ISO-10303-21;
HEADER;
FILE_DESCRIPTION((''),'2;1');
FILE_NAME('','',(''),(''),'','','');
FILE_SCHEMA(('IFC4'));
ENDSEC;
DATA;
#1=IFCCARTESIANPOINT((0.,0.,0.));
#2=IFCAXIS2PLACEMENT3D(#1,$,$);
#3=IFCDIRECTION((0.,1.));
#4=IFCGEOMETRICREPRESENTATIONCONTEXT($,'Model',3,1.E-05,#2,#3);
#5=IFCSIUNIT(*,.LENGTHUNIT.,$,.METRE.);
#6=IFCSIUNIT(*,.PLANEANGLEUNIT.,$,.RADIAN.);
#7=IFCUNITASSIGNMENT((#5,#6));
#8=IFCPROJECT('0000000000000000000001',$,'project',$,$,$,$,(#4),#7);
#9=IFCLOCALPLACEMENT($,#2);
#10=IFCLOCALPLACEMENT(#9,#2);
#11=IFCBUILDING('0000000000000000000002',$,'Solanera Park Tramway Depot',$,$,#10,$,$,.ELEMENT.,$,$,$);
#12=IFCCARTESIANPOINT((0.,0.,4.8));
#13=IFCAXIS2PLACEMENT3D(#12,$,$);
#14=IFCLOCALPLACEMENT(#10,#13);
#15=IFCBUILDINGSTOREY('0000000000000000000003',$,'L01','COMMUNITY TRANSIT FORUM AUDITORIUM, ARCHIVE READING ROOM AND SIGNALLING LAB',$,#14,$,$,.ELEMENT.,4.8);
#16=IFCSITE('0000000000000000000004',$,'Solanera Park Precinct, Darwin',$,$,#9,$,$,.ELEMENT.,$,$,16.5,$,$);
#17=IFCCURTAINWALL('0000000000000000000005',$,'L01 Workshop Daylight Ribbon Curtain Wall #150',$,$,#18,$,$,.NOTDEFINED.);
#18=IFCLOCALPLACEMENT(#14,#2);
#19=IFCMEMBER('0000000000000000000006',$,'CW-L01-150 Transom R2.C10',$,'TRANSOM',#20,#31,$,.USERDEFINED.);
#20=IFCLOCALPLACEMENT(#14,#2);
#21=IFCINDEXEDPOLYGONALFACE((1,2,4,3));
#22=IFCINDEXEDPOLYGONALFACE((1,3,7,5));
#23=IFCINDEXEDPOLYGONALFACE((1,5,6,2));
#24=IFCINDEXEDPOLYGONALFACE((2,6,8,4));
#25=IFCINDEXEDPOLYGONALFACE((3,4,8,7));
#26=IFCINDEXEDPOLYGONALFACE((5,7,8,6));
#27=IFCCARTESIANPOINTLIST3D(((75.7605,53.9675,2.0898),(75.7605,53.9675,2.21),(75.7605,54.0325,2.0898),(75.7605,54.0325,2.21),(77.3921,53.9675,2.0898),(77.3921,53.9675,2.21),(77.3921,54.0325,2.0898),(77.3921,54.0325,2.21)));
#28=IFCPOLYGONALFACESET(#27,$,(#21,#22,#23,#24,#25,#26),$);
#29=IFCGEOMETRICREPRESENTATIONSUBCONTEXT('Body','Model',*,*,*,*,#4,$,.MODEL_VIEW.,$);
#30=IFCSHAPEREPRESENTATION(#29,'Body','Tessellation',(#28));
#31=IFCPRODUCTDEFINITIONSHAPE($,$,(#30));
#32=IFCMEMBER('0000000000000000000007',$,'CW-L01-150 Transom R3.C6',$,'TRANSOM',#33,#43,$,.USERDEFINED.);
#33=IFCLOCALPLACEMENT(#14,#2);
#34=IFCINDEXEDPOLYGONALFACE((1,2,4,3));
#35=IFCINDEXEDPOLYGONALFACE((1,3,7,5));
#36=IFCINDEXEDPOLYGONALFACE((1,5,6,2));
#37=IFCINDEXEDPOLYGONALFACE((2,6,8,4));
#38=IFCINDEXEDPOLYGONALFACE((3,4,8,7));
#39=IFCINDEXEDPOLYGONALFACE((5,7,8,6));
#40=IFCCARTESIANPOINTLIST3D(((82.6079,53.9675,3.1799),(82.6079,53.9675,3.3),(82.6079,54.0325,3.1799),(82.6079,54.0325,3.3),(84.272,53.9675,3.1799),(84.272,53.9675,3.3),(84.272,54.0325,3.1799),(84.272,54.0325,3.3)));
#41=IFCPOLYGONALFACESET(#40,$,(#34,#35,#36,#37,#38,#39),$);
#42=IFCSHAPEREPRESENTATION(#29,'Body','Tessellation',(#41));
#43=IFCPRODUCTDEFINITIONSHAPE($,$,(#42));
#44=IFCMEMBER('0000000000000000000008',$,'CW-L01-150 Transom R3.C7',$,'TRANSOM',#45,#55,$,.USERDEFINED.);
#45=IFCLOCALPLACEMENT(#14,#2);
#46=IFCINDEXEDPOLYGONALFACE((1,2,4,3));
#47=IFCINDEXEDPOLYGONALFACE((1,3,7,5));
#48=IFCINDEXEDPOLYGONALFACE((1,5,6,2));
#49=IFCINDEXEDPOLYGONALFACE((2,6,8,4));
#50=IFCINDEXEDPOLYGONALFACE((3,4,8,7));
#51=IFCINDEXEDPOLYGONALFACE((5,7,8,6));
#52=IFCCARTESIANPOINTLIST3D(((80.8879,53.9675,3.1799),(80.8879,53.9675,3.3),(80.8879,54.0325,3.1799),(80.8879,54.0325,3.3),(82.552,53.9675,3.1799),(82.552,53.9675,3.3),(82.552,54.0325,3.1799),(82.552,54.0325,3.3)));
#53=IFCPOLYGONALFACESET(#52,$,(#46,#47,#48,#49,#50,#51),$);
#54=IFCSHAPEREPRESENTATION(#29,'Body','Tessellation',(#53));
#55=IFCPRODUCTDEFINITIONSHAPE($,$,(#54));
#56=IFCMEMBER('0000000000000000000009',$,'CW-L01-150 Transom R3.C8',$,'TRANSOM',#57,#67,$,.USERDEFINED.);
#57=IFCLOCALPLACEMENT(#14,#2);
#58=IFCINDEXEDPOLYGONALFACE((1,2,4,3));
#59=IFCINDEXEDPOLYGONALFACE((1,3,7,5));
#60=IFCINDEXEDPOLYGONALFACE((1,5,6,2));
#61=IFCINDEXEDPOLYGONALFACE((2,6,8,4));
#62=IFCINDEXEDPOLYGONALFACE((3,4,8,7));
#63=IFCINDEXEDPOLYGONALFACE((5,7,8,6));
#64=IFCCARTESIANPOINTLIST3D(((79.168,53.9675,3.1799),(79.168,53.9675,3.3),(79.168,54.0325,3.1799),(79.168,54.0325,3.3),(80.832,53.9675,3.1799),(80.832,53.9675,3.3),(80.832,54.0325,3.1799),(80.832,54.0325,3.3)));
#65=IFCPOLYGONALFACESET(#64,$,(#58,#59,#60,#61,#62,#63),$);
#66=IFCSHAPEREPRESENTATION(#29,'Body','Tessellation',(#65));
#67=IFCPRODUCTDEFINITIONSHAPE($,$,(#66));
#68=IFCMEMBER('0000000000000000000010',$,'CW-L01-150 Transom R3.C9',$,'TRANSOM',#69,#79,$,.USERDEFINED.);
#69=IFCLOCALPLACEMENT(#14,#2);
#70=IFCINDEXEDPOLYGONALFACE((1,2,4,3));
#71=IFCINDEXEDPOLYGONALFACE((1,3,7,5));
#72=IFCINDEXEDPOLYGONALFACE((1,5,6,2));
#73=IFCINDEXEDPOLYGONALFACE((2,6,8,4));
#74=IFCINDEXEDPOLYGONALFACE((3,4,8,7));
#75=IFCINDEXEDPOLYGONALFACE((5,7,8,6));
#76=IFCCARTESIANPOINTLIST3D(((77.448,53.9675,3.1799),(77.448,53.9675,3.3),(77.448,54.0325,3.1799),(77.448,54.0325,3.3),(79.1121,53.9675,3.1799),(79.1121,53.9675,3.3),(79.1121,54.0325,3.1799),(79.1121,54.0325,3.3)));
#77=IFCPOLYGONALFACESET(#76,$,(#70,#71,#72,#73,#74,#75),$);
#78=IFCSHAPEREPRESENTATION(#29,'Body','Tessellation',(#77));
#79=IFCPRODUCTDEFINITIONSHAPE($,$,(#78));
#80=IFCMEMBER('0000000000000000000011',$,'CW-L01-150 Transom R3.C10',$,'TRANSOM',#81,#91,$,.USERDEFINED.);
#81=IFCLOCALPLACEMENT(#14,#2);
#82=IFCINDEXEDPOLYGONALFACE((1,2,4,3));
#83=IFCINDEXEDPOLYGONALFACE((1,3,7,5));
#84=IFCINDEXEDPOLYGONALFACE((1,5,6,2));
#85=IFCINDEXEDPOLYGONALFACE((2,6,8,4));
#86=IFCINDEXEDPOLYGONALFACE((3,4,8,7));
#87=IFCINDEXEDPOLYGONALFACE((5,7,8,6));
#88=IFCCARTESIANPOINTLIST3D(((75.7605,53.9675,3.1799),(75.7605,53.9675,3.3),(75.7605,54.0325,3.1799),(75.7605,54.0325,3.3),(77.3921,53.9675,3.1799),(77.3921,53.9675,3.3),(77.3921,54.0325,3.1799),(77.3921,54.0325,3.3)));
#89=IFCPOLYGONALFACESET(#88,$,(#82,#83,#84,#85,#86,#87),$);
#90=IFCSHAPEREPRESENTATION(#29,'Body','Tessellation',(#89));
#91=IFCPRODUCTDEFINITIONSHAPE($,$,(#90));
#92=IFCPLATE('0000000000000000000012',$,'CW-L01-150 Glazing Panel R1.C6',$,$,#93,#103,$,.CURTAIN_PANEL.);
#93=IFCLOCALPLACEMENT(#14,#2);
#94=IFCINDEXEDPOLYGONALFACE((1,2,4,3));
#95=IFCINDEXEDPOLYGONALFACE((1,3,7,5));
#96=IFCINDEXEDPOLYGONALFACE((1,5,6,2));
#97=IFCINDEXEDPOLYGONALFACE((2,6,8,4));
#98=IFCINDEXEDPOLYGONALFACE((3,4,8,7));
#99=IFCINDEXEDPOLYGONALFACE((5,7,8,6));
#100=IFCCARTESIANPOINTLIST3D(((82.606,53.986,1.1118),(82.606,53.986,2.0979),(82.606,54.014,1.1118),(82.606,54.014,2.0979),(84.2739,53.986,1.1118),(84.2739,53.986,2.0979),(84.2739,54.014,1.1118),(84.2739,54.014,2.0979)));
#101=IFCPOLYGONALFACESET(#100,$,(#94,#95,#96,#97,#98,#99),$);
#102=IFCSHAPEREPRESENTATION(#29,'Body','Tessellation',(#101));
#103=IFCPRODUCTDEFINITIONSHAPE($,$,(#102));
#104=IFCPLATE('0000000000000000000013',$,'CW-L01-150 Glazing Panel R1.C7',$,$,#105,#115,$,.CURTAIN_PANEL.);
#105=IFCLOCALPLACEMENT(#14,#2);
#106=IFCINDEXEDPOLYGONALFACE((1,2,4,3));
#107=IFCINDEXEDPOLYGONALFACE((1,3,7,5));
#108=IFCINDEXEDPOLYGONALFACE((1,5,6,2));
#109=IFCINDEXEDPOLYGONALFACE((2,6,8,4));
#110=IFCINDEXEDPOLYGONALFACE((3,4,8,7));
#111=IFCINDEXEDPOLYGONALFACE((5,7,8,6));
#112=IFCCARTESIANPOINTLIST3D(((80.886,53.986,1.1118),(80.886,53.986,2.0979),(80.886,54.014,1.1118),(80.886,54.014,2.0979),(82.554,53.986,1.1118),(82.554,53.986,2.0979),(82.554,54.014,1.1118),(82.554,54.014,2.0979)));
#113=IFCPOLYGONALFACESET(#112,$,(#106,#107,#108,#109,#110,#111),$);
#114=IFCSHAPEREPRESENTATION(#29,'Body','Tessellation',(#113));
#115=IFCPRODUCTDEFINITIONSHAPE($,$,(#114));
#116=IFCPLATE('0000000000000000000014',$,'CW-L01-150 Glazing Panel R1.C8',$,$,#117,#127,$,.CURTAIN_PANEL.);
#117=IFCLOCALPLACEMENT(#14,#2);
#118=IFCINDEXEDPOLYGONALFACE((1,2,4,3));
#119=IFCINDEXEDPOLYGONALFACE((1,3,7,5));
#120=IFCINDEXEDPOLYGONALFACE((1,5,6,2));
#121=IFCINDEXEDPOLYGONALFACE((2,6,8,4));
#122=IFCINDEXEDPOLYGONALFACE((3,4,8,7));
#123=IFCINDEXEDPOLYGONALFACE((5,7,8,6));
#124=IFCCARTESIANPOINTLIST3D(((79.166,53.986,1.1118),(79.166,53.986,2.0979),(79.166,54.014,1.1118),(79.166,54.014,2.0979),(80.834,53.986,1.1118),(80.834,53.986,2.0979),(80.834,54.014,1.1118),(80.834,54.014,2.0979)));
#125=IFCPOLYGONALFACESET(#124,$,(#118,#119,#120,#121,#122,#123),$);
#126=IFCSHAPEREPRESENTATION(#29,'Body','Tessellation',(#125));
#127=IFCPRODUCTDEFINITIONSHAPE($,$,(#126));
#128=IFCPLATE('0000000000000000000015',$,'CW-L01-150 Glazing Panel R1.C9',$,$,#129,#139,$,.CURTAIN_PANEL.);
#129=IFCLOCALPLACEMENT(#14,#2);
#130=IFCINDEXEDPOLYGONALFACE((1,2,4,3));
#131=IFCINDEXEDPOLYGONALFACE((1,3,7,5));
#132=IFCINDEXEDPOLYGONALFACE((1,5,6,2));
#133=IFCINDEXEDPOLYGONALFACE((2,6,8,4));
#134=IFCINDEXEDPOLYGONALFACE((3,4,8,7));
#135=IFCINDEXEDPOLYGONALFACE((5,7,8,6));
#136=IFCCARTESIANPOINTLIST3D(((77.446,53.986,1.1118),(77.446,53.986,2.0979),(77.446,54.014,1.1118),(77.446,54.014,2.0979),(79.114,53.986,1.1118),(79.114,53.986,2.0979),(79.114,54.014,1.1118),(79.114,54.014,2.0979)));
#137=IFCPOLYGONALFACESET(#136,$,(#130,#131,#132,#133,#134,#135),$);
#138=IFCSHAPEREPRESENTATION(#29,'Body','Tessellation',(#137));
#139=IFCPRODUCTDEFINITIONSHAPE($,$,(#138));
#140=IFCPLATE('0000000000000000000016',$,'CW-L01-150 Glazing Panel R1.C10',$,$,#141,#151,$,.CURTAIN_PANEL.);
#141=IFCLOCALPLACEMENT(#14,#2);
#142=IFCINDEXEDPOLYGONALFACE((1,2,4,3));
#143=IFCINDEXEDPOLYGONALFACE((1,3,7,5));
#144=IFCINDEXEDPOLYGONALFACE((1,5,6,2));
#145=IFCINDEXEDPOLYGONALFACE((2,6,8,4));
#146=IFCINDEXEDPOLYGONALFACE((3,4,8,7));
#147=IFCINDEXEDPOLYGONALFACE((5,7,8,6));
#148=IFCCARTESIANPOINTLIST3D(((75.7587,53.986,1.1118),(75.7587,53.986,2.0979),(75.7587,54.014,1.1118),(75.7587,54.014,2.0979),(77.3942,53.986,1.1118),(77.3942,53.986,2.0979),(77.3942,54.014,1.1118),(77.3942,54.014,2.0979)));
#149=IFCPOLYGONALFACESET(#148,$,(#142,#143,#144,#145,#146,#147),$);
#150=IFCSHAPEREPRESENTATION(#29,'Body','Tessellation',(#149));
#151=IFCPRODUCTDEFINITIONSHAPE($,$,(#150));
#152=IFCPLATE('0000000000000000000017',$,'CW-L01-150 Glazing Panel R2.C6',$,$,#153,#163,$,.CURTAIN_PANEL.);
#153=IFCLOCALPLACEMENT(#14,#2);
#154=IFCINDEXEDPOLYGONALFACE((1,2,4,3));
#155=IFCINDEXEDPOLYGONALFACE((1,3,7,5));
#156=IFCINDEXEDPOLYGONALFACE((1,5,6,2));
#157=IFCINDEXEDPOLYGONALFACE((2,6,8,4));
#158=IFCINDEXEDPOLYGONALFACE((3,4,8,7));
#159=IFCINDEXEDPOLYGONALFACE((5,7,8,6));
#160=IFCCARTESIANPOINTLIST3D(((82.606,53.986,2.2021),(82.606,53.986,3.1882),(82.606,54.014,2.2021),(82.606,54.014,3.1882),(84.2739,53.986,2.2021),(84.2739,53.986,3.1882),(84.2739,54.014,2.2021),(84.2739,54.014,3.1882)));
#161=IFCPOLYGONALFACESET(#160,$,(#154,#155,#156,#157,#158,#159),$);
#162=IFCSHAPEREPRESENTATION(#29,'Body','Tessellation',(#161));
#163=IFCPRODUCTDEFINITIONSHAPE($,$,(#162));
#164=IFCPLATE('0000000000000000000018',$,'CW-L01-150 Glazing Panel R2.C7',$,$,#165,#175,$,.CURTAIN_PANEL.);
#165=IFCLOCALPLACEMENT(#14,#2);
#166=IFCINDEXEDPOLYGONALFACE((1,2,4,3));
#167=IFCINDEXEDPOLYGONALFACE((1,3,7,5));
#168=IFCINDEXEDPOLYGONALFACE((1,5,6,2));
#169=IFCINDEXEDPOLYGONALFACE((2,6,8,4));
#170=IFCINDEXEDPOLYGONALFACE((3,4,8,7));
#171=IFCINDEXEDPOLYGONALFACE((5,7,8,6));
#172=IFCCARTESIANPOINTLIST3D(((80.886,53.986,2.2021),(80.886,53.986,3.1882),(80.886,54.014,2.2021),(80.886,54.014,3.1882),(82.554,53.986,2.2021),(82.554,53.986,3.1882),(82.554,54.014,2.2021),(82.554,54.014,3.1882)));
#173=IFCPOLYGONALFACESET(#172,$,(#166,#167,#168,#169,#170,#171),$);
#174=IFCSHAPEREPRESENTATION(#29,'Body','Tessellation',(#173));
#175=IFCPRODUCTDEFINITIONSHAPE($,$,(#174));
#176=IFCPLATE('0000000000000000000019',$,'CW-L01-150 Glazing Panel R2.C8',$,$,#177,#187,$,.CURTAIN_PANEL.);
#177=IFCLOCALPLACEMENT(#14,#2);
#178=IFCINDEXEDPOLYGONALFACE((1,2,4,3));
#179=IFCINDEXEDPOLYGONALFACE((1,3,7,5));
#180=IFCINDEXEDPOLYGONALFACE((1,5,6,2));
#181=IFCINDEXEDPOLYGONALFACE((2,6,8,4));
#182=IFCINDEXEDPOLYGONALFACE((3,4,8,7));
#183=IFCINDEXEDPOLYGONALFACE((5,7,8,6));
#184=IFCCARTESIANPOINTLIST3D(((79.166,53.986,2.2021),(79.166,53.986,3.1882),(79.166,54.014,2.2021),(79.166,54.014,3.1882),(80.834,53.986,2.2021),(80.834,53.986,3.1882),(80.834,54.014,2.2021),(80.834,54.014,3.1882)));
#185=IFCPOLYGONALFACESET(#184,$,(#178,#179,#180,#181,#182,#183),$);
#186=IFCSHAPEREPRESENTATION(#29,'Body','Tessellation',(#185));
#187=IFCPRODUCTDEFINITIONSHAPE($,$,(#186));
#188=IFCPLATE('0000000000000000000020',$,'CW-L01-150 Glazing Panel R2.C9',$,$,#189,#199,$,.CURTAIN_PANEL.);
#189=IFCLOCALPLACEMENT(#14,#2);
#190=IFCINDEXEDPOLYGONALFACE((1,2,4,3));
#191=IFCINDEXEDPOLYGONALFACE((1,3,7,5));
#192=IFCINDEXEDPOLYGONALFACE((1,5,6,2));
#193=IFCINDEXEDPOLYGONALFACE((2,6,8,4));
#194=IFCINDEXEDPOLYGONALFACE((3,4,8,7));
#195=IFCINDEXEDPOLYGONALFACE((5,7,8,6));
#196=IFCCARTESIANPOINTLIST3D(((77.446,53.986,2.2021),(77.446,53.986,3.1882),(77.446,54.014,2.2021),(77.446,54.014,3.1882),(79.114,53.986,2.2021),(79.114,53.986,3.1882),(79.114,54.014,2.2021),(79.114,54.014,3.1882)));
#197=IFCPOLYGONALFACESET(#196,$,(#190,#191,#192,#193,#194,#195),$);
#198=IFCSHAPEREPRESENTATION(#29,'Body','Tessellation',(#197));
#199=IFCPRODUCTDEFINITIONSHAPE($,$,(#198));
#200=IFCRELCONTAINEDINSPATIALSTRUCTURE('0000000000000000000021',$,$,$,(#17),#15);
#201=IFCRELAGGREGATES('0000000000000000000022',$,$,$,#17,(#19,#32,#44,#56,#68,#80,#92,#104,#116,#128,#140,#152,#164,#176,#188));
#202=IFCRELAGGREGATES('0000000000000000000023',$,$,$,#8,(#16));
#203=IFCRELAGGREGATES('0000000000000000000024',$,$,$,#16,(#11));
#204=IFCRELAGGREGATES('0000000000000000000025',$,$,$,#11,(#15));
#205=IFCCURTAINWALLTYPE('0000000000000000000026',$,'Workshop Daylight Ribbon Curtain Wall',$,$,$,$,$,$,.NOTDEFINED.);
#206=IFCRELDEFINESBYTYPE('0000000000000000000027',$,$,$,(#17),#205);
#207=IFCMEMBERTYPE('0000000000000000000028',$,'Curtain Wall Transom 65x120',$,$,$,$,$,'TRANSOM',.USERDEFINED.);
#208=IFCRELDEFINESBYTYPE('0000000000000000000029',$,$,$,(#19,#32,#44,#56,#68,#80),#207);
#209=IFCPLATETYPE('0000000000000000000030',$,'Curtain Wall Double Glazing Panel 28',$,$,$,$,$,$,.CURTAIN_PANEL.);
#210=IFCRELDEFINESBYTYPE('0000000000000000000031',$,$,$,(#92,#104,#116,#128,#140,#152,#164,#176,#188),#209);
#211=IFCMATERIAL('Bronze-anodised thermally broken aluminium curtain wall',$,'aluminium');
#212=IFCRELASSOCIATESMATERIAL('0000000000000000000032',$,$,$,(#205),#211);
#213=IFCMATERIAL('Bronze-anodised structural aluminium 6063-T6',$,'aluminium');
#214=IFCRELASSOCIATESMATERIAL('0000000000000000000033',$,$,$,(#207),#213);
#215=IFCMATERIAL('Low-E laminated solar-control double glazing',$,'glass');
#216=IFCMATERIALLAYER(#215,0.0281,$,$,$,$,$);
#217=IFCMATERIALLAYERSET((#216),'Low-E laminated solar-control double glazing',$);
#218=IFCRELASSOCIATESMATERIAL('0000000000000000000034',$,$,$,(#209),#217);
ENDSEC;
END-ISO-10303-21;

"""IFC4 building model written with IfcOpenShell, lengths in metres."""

from ifc_helpers import new_model, si_unit, direction, frame, origin, origin_2d, place, context, subcontext, project, spatial, rectangle, extrude, material, layer, layer_set, material_profile, profile_set, type_object, element, aggregate, save


model = new_model("IFC4")

# Units and contexts
model_context = context("Model", 3, precision=1e-05, world=origin(), true_north=direction((0.0, 1.0)))
body_context = subcontext(model_context, "Body", "Model", "MODEL_VIEW")
ifc_project = project(units=[si_unit("LENGTHUNIT", "METRE"), si_unit("PLANEANGLEUNIT", "RADIAN")], contexts=[model_context])

# Site, building, storey
site_placement = place(None, origin())
site = spatial("IfcSite", under=ifc_project, at=site_placement, Name="Solanera Park Precinct, Darwin", CompositionType="ELEMENT", RefElevation=16.5)
building_placement = place(site_placement, origin())
building = spatial("IfcBuilding", under=site, at=building_placement, Name="Solanera Park Tramway Depot", CompositionType="ELEMENT")
storey_placement = place(building_placement, frame((0.0, 0.0, 4.8)))
storey = spatial("IfcBuildingStorey", under=building, at=storey_placement, Name="L01", Description="COMMUNITY TRANSIT FORUM AUDITORIUM, ARCHIVE READING ROOM AND SIGNALLING LAB", CompositionType="ELEMENT", Elevation=4.8)

# Curtain wall, members, plates
ifc_material_1 = material(Name="Bronze-anodised thermally broken aluminium curtain wall", Category="aluminium")
curtain_wall_type = type_object("IfcCurtainWallType", Name="Workshop Daylight Ribbon Curtain Wall", PredefinedType="NOTDEFINED", material=ifc_material_1)
curtain_wall_placement = place(storey_placement, origin())
curtain_wall = element("IfcCurtainWall", 1, at=curtain_wall_placement, inside=storey, type_object=curtain_wall_type, Name="L01 Workshop Daylight Ribbon Curtain Wall #150", PredefinedType="NOTDEFINED")
ifc_material_2 = material(Name="Bronze-anodised structural aluminium 6063-T6", Category="aluminium")
ifc_material_profile_1 = material_profile(ifc_material_2, rectangle(XDim=0.0649, YDim=0.1201, at=origin_2d()), Name="Curtain Wall Transom 65x120")
ifc_profile_set_1 = profile_set([ifc_material_profile_1], Name="Bronze-anodised structural aluminium 6063-T6")
member_type_1 = type_object("IfcMemberType", Name="Curtain Wall Transom 65x120", ElementType="TRANSOM", PredefinedType="USERDEFINED", material=ifc_profile_set_1)
member_1_placement = place(storey_placement, frame((77.3921, 54.0, 2.1499), z_axis=(-1.0, 0.0, 0.0), x_axis=(0.0, -1.0, 0.0)))
member_1 = element("IfcMember", 2, at=member_1_placement, type_object=member_type_1, Name="CW-L01-150 Transom R2.C10", ObjectType="TRANSOM", PredefinedType="USERDEFINED", context=body_context, shape_type="SweptSolid", body=[
    extrude(rectangle(XDim=0.0649, YDim=0.1201, at=origin_2d()), origin(), (0.0, 0.0, 1.0), 1.6316),
])
member_2_placement = place(storey_placement, frame((84.272, 54.0, 3.24), z_axis=(-1.0, 0.0, 0.0), x_axis=(0.0, -1.0, 0.0)))
member_2 = element("IfcMember", 3, at=member_2_placement, type_object=member_type_1, Name="CW-L01-150 Transom R3.C6", ObjectType="TRANSOM", PredefinedType="USERDEFINED", context=body_context, shape_type="SweptSolid", body=[
    extrude(rectangle(XDim=0.0649, YDim=0.1201, at=origin_2d()), origin(), (0.0, 0.0, 1.0), 1.6641),
])
member_3_placement = place(storey_placement, frame((82.552, 54.0, 3.24), z_axis=(-1.0, 0.0, 0.0), x_axis=(0.0, -1.0, 0.0)))
member_3 = element("IfcMember", 4, at=member_3_placement, type_object=member_type_1, Name="CW-L01-150 Transom R3.C7", ObjectType="TRANSOM", PredefinedType="USERDEFINED", context=body_context, shape_type="SweptSolid", body=[
    extrude(rectangle(XDim=0.0649, YDim=0.1201, at=origin_2d()), origin(), (0.0, 0.0, 1.0), 1.6641),
])
member_4_placement = place(storey_placement, frame((80.832, 54.0, 3.24), z_axis=(-1.0, 0.0, 0.0), x_axis=(0.0, -1.0, 0.0)))
member_4 = element("IfcMember", 5, at=member_4_placement, type_object=member_type_1, Name="CW-L01-150 Transom R3.C8", ObjectType="TRANSOM", PredefinedType="USERDEFINED", context=body_context, shape_type="SweptSolid", body=[
    extrude(rectangle(XDim=0.0649, YDim=0.1201, at=origin_2d()), origin(), (0.0, 0.0, 1.0), 1.6641),
])
member_5_placement = place(storey_placement, frame((79.1121, 54.0, 3.24), z_axis=(-1.0, 0.0, 0.0), x_axis=(0.0, -1.0, 0.0)))
member_5 = element("IfcMember", 6, at=member_5_placement, type_object=member_type_1, Name="CW-L01-150 Transom R3.C9", ObjectType="TRANSOM", PredefinedType="USERDEFINED", context=body_context, shape_type="SweptSolid", body=[
    extrude(rectangle(XDim=0.0649, YDim=0.1201, at=origin_2d()), origin(), (0.0, 0.0, 1.0), 1.6641),
])
member_6_placement = place(storey_placement, frame((77.3921, 54.0, 3.24), z_axis=(-1.0, 0.0, 0.0), x_axis=(0.0, -1.0, 0.0)))
member_6 = element("IfcMember", 7, at=member_6_placement, type_object=member_type_1, Name="CW-L01-150 Transom R3.C10", ObjectType="TRANSOM", PredefinedType="USERDEFINED", context=body_context, shape_type="SweptSolid", body=[
    extrude(rectangle(XDim=0.0649, YDim=0.1201, at=origin_2d()), origin(), (0.0, 0.0, 1.0), 1.6316),
])
ifc_material_3 = material(Name="Low-E laminated solar-control double glazing", Category="glass")
ifc_layer = layer(ifc_material_3, 0.0281)
ifc_layer_set = layer_set([ifc_layer], Name="Low-E laminated solar-control double glazing")
plate_type = type_object("IfcPlateType", Name="Curtain Wall Double Glazing Panel 28", PredefinedType="CURTAIN_PANEL", material=ifc_layer_set)
plate_1_placement = place(storey_placement, frame((83.4399, 54.0, 1.1118), z_axis=(0.0, 0.0, 1.0), x_axis=(-1.0, 0.0, 0.0)))
plate_1 = element("IfcPlate", 8, at=plate_1_placement, type_object=plate_type, Name="CW-L01-150 Glazing Panel R1.C6", PredefinedType="CURTAIN_PANEL", context=body_context, shape_type="SweptSolid", body=[
    extrude(rectangle(XDim=1.668, YDim=0.0281, at=origin_2d()), origin(), (0.0, 0.0, 1.0), 0.9861),
])
plate_2_placement = place(storey_placement, frame((81.72, 54.0, 1.1118), z_axis=(0.0, 0.0, 1.0), x_axis=(-1.0, 0.0, 0.0)))
plate_2 = element("IfcPlate", 9, at=plate_2_placement, type_object=plate_type, Name="CW-L01-150 Glazing Panel R1.C7", PredefinedType="CURTAIN_PANEL", context=body_context, shape_type="SweptSolid", body=[
    extrude(rectangle(XDim=1.668, YDim=0.0281, at=origin_2d()), origin(), (0.0, 0.0, 1.0), 0.9861),
])
plate_3_placement = place(storey_placement, frame((80.0, 54.0, 1.1118), z_axis=(0.0, 0.0, 1.0), x_axis=(-1.0, 0.0, 0.0)))
plate_3 = element("IfcPlate", 10, at=plate_3_placement, type_object=plate_type, Name="CW-L01-150 Glazing Panel R1.C8", PredefinedType="CURTAIN_PANEL", context=body_context, shape_type="SweptSolid", body=[
    extrude(rectangle(XDim=1.668, YDim=0.0281, at=origin_2d()), origin(), (0.0, 0.0, 1.0), 0.9861),
])
plate_4_placement = place(storey_placement, frame((78.28, 54.0, 1.1118), z_axis=(0.0, 0.0, 1.0), x_axis=(-1.0, 0.0, 0.0)))
plate_4 = element("IfcPlate", 11, at=plate_4_placement, type_object=plate_type, Name="CW-L01-150 Glazing Panel R1.C9", PredefinedType="CURTAIN_PANEL", context=body_context, shape_type="SweptSolid", body=[
    extrude(rectangle(XDim=1.668, YDim=0.0281, at=origin_2d()), origin(), (0.0, 0.0, 1.0), 0.9861),
])
plate_5_placement = place(storey_placement, frame((76.5764, 54.0, 1.1118), z_axis=(0.0, 0.0, 1.0), x_axis=(-1.0, 0.0, 0.0)))
plate_5 = element("IfcPlate", 12, at=plate_5_placement, type_object=plate_type, Name="CW-L01-150 Glazing Panel R1.C10", PredefinedType="CURTAIN_PANEL", context=body_context, shape_type="SweptSolid", body=[
    extrude(rectangle(XDim=1.6355, YDim=0.0281, at=origin_2d()), origin(), (0.0, 0.0, 1.0), 0.9861),
])
plate_6_placement = place(storey_placement, frame((83.4399, 54.0, 2.2021), z_axis=(0.0, 0.0, 1.0), x_axis=(-1.0, 0.0, 0.0)))
plate_6 = element("IfcPlate", 13, at=plate_6_placement, type_object=plate_type, Name="CW-L01-150 Glazing Panel R2.C6", PredefinedType="CURTAIN_PANEL", context=body_context, shape_type="SweptSolid", body=[
    extrude(rectangle(XDim=1.668, YDim=0.0281, at=origin_2d()), origin(), (0.0, 0.0, 1.0), 0.9861),
])
plate_7_placement = place(storey_placement, frame((81.72, 54.0, 2.2021), z_axis=(0.0, 0.0, 1.0), x_axis=(-1.0, 0.0, 0.0)))
plate_7 = element("IfcPlate", 14, at=plate_7_placement, type_object=plate_type, Name="CW-L01-150 Glazing Panel R2.C7", PredefinedType="CURTAIN_PANEL", context=body_context, shape_type="SweptSolid", body=[
    extrude(rectangle(XDim=1.668, YDim=0.0281, at=origin_2d()), origin(), (0.0, 0.0, 1.0), 0.9861),
])
plate_8_placement = place(storey_placement, frame((80.0, 54.0, 2.2021), z_axis=(0.0, 0.0, 1.0), x_axis=(-1.0, 0.0, 0.0)))
plate_8 = element("IfcPlate", 15, at=plate_8_placement, type_object=plate_type, Name="CW-L01-150 Glazing Panel R2.C8", PredefinedType="CURTAIN_PANEL", context=body_context, shape_type="SweptSolid", body=[
    extrude(rectangle(XDim=1.668, YDim=0.0281, at=origin_2d()), origin(), (0.0, 0.0, 1.0), 0.9861),
])
plate_9_placement = place(storey_placement, frame((78.28, 54.0, 2.2021), z_axis=(0.0, 0.0, 1.0), x_axis=(-1.0, 0.0, 0.0)))
plate_9 = element("IfcPlate", 16, at=plate_9_placement, type_object=plate_type, Name="CW-L01-150 Glazing Panel R2.C9", PredefinedType="CURTAIN_PANEL", context=body_context, shape_type="SweptSolid", body=[
    extrude(rectangle(XDim=1.668, YDim=0.0281, at=origin_2d()), origin(), (0.0, 0.0, 1.0), 0.9861),
])
aggregate(curtain_wall, [member_1, member_2, member_3, member_4, member_5, member_6, plate_1, plate_2, plate_3, plate_4, plate_5, plate_6, plate_7, plate_8, plate_9])

save(model, "model.ifc")
